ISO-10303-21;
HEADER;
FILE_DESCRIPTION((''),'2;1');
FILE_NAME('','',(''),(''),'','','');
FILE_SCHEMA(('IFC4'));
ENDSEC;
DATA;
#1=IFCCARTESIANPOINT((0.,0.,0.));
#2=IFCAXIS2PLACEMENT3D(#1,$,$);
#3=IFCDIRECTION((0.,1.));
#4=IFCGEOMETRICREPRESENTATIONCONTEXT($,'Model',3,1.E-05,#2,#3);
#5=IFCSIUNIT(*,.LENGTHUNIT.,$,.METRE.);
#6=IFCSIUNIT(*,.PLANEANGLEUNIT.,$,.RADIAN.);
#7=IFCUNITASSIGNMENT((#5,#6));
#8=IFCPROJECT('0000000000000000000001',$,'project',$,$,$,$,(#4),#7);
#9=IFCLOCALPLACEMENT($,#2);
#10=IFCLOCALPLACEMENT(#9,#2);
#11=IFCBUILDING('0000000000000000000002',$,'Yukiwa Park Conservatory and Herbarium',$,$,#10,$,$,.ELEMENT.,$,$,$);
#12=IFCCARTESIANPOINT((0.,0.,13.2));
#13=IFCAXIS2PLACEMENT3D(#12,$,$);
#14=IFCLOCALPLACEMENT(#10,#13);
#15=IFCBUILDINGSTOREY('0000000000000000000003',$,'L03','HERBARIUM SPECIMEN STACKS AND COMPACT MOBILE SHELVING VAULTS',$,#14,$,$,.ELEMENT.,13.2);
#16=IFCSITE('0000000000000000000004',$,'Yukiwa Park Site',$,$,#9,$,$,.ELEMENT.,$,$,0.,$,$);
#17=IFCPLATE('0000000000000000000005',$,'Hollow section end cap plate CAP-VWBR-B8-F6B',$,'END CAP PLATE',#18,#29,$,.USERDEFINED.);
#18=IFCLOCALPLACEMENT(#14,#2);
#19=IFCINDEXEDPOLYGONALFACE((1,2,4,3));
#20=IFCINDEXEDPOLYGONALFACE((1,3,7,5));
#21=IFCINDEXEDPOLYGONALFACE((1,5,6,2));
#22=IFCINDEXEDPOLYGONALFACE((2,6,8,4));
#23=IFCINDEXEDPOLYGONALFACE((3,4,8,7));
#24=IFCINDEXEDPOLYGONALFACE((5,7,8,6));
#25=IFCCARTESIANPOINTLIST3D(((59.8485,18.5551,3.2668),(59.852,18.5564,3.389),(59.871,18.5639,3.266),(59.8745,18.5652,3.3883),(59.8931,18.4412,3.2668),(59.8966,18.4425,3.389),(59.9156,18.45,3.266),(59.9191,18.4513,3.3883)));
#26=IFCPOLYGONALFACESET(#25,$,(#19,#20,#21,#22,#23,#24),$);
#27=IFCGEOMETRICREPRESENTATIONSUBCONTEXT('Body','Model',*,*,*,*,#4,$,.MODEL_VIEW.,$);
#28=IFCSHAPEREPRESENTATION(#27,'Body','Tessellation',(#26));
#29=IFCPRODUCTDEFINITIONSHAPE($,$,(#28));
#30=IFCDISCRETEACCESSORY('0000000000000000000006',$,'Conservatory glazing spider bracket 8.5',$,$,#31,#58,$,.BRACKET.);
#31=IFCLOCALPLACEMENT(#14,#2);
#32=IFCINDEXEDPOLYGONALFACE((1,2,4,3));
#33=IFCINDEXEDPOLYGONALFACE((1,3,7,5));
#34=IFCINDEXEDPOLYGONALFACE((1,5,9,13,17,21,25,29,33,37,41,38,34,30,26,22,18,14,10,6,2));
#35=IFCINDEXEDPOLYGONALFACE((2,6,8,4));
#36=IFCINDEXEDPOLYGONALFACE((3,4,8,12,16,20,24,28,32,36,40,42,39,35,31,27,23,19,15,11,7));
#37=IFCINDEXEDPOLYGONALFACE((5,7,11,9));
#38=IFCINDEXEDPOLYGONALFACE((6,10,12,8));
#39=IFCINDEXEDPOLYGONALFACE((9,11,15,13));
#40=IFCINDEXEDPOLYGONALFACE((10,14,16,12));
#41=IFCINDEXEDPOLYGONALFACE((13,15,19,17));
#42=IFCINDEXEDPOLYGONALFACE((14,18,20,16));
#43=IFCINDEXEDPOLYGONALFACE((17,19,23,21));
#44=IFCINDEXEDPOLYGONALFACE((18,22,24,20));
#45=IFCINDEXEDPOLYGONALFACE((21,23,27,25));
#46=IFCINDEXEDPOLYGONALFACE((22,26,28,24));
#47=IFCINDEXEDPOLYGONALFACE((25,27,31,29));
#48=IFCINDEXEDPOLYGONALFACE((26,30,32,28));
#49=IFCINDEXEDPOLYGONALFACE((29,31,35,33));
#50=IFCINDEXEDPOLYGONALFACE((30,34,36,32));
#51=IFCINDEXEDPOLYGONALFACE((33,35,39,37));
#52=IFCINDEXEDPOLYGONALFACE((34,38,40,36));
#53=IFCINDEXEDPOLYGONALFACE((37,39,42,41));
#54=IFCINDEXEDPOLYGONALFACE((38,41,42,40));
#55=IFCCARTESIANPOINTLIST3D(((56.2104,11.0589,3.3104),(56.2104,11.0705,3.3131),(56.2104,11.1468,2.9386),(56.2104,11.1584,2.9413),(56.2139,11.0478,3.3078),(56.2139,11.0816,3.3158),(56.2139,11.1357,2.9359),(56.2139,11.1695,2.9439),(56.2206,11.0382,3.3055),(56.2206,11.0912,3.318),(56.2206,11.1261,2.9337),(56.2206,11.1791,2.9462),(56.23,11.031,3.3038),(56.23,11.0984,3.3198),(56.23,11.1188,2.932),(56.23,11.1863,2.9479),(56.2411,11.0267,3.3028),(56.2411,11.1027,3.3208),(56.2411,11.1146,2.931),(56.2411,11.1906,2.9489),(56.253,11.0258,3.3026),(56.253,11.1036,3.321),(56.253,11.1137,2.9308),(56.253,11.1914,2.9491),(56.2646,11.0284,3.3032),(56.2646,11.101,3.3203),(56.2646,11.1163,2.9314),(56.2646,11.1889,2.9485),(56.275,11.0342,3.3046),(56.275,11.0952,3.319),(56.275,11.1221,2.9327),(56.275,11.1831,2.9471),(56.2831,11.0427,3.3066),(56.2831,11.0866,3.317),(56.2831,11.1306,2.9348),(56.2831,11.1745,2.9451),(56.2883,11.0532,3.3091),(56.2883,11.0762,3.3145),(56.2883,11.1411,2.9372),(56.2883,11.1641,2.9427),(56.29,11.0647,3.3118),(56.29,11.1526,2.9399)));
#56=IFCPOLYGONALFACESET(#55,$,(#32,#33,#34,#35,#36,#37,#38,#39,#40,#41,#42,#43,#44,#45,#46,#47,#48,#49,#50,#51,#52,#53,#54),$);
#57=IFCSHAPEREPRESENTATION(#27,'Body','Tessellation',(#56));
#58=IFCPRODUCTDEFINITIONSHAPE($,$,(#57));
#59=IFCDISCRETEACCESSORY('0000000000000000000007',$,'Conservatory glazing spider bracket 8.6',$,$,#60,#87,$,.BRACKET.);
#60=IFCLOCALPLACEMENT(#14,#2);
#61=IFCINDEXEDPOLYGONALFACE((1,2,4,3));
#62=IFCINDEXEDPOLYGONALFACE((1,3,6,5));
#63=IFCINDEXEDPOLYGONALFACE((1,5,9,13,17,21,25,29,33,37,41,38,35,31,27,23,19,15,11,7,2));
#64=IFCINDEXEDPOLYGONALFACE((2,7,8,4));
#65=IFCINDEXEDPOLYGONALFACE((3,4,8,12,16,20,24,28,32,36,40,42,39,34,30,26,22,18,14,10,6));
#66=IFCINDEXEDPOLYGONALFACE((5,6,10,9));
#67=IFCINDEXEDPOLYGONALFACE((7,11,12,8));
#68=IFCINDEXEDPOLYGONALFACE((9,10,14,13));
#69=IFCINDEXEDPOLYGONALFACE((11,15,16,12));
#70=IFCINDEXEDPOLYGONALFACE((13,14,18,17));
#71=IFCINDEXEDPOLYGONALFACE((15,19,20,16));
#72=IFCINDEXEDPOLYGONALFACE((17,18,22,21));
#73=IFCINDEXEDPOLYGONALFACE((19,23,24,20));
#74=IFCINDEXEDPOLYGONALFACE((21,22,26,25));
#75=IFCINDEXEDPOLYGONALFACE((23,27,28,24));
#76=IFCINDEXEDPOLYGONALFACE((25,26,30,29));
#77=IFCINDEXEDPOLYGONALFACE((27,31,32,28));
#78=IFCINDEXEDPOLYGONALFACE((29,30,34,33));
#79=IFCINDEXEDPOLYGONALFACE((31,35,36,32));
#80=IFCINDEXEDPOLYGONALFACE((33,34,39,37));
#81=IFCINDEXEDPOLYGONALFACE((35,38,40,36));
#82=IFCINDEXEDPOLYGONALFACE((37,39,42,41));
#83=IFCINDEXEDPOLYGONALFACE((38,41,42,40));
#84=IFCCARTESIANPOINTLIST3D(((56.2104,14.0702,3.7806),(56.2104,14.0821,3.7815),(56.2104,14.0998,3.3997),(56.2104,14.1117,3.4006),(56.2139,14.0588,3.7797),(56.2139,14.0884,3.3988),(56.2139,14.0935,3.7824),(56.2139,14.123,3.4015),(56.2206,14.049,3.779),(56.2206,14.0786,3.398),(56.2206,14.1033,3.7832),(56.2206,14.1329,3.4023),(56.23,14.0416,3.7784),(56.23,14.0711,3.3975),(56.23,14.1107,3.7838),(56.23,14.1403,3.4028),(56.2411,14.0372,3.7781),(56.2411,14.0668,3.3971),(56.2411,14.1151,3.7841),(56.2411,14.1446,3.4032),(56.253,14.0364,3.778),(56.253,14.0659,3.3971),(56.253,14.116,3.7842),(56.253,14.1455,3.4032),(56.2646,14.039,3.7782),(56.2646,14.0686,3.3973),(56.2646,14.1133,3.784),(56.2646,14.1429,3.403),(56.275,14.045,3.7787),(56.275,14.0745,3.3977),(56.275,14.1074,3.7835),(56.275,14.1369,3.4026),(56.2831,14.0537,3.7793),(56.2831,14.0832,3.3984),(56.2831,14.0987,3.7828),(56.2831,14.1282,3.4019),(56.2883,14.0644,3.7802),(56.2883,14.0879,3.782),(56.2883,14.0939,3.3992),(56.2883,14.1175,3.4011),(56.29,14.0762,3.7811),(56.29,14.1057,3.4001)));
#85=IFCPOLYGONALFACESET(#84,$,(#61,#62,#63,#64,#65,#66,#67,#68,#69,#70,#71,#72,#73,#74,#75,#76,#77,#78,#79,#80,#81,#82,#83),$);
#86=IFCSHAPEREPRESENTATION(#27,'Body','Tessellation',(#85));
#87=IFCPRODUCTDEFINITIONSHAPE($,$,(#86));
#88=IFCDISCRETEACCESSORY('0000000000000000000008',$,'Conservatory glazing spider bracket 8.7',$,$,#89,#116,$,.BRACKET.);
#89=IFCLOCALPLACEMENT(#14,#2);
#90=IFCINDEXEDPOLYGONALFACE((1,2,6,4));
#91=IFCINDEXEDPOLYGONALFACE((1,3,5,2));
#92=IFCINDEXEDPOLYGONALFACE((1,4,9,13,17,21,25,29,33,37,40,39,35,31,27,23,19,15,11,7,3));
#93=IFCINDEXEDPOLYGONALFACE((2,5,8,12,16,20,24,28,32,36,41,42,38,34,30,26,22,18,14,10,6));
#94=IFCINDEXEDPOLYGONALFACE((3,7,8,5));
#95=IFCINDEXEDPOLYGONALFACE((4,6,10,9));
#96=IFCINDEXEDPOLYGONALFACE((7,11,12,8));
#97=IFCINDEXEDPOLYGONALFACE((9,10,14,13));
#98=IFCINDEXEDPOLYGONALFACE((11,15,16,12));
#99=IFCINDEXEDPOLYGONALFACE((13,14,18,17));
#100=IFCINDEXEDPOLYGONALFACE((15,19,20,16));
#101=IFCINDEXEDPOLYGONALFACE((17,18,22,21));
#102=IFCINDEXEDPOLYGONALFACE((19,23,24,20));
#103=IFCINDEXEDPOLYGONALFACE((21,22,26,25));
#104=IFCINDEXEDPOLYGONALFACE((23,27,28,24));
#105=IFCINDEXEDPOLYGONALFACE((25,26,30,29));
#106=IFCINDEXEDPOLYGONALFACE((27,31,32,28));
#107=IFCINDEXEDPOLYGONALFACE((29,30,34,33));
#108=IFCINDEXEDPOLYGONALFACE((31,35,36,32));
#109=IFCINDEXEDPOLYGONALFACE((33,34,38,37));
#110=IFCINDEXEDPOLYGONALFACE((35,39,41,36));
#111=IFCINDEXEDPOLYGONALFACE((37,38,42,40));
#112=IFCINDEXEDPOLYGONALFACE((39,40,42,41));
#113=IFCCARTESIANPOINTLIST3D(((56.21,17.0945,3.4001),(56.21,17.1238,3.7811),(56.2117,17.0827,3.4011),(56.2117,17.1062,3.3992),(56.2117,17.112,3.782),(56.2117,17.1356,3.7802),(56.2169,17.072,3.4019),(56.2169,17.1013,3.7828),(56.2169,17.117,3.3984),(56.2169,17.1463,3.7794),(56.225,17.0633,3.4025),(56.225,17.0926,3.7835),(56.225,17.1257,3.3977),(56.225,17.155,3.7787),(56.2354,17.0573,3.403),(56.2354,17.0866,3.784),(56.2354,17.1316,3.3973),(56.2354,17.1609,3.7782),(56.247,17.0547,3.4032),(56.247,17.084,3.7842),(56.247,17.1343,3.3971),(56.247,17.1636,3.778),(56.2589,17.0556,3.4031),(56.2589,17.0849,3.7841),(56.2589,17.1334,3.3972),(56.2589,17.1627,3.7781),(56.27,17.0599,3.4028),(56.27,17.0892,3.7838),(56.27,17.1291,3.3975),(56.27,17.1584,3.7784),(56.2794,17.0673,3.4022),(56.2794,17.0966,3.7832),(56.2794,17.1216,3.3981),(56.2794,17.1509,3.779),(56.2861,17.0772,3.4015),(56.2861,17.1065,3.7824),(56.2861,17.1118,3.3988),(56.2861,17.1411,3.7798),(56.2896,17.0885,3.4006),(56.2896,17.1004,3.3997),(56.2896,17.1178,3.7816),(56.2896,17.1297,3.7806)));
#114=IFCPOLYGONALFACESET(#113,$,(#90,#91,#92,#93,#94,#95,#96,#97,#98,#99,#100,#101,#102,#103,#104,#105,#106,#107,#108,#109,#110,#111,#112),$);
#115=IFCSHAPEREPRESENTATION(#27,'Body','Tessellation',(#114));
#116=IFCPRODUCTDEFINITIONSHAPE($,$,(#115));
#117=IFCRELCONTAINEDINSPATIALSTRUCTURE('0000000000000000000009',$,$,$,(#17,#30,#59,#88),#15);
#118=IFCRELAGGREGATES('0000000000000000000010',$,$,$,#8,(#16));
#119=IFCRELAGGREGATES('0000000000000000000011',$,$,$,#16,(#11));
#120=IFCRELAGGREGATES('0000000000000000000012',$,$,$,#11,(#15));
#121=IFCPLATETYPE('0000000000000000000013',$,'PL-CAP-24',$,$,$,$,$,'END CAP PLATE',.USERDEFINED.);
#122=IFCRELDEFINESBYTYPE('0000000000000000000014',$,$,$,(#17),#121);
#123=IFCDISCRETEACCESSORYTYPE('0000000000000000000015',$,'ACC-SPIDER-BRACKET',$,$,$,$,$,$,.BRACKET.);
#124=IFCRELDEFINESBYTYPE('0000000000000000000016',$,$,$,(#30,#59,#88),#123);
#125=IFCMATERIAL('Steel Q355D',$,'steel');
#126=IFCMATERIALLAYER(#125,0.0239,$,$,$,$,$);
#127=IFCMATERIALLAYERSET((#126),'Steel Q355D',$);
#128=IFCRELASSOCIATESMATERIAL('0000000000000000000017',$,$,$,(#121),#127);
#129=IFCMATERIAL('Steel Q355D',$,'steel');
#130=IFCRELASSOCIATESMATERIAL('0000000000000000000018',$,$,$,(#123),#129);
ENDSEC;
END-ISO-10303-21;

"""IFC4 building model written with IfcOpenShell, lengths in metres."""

from ifc_helpers import new_model, si_unit, direction, frame, origin, origin_2d, place, context, subcontext, project, spatial, rectangle, circle, extrude, material, layer, layer_set, type_object, element, save


model = new_model("IFC4")

# Units and contexts
model_context = context("Model", 3, precision=1e-05, world=origin(), true_north=direction((0.0, 1.0)))
body_context = subcontext(model_context, "Body", "Model", "MODEL_VIEW")
ifc_project = project(units=[si_unit("LENGTHUNIT", "METRE"), si_unit("PLANEANGLEUNIT", "RADIAN")], contexts=[model_context])

# Site, building, storey
site_placement = place(None, origin())
site = spatial("IfcSite", under=ifc_project, at=site_placement, Name="Yukiwa Park Site", CompositionType="ELEMENT", RefElevation=0.0)
building_placement = place(site_placement, origin())
building = spatial("IfcBuilding", under=site, at=building_placement, Name="Yukiwa Park Conservatory and Herbarium", CompositionType="ELEMENT")
storey_placement = place(building_placement, frame((0.0, 0.0, 13.2)))
storey = spatial("IfcBuildingStorey", under=building, at=storey_placement, Name="L03", Description="HERBARIUM SPECIMEN STACKS AND COMPACT MOBILE SHELVING VAULTS", CompositionType="ELEMENT", Elevation=13.2)

# Plate
ifc_material_1 = material(Name="Steel Q355D", Category="steel")
ifc_layer = layer(ifc_material_1, 0.0239)
ifc_layer_set = layer_set([ifc_layer], Name="Steel Q355D")
plate_type = type_object("IfcPlateType", Name="PL-CAP-24", ElementType="END CAP PLATE", PredefinedType="USERDEFINED", material=ifc_layer_set)
for number, where, z_axis, x_axis, name in (
    (1, (59.8726, 18.4988, 3.3279), (0.930814, 0.364231, -0.030353), (-0.364399, 0.931243, 0.0), "Hollow section end cap plate CAP-VWBR-B8-F6B"),
):
    element("IfcPlate", number, at=place(storey_placement, frame(where, z_axis=z_axis, x_axis=x_axis)), inside=storey, type_object=plate_type, Name=name, ObjectType="END CAP PLATE", PredefinedType="USERDEFINED", context=body_context, shape_type="SweptSolid", body=[
        extrude(rectangle(XDim=0.1223, YDim=0.1223, at=origin_2d()), origin(), (0.0, 0.0, 1.0), 0.0242),
    ])

# Discrete accessories
ifc_material_2 = material(Name="Steel Q355D", Category="steel")
discrete_accessory_type = type_object("IfcDiscreteAccessoryType", Name="ACC-SPIDER-BRACKET", PredefinedType="BRACKET", material=ifc_material_2)
for number, where, z_axis, x_axis, name in (
    (2, (56.25, 11.1526, 2.9399), (0.0, -0.230036, 0.973182), (1.0, 0.0, 0.0), "Conservatory glazing spider bracket 8.5"),
    (3, (56.25, 14.1057, 3.4001), (0.0, -0.077332, 0.997005), (1.0, 0.0, 0.0), "Conservatory glazing spider bracket 8.6"),
    (4, (56.25, 17.0945, 3.4001), (0.0, 0.076696, 0.997054), (-1.0, 0.0, 0.0), "Conservatory glazing spider bracket 8.7"),
):
    element("IfcDiscreteAccessory", number, at=place(storey_placement, frame(where, z_axis=z_axis, x_axis=x_axis)), inside=storey, type_object=discrete_accessory_type, Name=name, PredefinedType="BRACKET", context=body_context, shape_type="SweptSolid", body=[
        extrude(circle(Radius=0.04, at=origin_2d()), origin(), (0.0, 0.0, 1.0), 0.3821),
    ])

save(model, "model.ifc")
